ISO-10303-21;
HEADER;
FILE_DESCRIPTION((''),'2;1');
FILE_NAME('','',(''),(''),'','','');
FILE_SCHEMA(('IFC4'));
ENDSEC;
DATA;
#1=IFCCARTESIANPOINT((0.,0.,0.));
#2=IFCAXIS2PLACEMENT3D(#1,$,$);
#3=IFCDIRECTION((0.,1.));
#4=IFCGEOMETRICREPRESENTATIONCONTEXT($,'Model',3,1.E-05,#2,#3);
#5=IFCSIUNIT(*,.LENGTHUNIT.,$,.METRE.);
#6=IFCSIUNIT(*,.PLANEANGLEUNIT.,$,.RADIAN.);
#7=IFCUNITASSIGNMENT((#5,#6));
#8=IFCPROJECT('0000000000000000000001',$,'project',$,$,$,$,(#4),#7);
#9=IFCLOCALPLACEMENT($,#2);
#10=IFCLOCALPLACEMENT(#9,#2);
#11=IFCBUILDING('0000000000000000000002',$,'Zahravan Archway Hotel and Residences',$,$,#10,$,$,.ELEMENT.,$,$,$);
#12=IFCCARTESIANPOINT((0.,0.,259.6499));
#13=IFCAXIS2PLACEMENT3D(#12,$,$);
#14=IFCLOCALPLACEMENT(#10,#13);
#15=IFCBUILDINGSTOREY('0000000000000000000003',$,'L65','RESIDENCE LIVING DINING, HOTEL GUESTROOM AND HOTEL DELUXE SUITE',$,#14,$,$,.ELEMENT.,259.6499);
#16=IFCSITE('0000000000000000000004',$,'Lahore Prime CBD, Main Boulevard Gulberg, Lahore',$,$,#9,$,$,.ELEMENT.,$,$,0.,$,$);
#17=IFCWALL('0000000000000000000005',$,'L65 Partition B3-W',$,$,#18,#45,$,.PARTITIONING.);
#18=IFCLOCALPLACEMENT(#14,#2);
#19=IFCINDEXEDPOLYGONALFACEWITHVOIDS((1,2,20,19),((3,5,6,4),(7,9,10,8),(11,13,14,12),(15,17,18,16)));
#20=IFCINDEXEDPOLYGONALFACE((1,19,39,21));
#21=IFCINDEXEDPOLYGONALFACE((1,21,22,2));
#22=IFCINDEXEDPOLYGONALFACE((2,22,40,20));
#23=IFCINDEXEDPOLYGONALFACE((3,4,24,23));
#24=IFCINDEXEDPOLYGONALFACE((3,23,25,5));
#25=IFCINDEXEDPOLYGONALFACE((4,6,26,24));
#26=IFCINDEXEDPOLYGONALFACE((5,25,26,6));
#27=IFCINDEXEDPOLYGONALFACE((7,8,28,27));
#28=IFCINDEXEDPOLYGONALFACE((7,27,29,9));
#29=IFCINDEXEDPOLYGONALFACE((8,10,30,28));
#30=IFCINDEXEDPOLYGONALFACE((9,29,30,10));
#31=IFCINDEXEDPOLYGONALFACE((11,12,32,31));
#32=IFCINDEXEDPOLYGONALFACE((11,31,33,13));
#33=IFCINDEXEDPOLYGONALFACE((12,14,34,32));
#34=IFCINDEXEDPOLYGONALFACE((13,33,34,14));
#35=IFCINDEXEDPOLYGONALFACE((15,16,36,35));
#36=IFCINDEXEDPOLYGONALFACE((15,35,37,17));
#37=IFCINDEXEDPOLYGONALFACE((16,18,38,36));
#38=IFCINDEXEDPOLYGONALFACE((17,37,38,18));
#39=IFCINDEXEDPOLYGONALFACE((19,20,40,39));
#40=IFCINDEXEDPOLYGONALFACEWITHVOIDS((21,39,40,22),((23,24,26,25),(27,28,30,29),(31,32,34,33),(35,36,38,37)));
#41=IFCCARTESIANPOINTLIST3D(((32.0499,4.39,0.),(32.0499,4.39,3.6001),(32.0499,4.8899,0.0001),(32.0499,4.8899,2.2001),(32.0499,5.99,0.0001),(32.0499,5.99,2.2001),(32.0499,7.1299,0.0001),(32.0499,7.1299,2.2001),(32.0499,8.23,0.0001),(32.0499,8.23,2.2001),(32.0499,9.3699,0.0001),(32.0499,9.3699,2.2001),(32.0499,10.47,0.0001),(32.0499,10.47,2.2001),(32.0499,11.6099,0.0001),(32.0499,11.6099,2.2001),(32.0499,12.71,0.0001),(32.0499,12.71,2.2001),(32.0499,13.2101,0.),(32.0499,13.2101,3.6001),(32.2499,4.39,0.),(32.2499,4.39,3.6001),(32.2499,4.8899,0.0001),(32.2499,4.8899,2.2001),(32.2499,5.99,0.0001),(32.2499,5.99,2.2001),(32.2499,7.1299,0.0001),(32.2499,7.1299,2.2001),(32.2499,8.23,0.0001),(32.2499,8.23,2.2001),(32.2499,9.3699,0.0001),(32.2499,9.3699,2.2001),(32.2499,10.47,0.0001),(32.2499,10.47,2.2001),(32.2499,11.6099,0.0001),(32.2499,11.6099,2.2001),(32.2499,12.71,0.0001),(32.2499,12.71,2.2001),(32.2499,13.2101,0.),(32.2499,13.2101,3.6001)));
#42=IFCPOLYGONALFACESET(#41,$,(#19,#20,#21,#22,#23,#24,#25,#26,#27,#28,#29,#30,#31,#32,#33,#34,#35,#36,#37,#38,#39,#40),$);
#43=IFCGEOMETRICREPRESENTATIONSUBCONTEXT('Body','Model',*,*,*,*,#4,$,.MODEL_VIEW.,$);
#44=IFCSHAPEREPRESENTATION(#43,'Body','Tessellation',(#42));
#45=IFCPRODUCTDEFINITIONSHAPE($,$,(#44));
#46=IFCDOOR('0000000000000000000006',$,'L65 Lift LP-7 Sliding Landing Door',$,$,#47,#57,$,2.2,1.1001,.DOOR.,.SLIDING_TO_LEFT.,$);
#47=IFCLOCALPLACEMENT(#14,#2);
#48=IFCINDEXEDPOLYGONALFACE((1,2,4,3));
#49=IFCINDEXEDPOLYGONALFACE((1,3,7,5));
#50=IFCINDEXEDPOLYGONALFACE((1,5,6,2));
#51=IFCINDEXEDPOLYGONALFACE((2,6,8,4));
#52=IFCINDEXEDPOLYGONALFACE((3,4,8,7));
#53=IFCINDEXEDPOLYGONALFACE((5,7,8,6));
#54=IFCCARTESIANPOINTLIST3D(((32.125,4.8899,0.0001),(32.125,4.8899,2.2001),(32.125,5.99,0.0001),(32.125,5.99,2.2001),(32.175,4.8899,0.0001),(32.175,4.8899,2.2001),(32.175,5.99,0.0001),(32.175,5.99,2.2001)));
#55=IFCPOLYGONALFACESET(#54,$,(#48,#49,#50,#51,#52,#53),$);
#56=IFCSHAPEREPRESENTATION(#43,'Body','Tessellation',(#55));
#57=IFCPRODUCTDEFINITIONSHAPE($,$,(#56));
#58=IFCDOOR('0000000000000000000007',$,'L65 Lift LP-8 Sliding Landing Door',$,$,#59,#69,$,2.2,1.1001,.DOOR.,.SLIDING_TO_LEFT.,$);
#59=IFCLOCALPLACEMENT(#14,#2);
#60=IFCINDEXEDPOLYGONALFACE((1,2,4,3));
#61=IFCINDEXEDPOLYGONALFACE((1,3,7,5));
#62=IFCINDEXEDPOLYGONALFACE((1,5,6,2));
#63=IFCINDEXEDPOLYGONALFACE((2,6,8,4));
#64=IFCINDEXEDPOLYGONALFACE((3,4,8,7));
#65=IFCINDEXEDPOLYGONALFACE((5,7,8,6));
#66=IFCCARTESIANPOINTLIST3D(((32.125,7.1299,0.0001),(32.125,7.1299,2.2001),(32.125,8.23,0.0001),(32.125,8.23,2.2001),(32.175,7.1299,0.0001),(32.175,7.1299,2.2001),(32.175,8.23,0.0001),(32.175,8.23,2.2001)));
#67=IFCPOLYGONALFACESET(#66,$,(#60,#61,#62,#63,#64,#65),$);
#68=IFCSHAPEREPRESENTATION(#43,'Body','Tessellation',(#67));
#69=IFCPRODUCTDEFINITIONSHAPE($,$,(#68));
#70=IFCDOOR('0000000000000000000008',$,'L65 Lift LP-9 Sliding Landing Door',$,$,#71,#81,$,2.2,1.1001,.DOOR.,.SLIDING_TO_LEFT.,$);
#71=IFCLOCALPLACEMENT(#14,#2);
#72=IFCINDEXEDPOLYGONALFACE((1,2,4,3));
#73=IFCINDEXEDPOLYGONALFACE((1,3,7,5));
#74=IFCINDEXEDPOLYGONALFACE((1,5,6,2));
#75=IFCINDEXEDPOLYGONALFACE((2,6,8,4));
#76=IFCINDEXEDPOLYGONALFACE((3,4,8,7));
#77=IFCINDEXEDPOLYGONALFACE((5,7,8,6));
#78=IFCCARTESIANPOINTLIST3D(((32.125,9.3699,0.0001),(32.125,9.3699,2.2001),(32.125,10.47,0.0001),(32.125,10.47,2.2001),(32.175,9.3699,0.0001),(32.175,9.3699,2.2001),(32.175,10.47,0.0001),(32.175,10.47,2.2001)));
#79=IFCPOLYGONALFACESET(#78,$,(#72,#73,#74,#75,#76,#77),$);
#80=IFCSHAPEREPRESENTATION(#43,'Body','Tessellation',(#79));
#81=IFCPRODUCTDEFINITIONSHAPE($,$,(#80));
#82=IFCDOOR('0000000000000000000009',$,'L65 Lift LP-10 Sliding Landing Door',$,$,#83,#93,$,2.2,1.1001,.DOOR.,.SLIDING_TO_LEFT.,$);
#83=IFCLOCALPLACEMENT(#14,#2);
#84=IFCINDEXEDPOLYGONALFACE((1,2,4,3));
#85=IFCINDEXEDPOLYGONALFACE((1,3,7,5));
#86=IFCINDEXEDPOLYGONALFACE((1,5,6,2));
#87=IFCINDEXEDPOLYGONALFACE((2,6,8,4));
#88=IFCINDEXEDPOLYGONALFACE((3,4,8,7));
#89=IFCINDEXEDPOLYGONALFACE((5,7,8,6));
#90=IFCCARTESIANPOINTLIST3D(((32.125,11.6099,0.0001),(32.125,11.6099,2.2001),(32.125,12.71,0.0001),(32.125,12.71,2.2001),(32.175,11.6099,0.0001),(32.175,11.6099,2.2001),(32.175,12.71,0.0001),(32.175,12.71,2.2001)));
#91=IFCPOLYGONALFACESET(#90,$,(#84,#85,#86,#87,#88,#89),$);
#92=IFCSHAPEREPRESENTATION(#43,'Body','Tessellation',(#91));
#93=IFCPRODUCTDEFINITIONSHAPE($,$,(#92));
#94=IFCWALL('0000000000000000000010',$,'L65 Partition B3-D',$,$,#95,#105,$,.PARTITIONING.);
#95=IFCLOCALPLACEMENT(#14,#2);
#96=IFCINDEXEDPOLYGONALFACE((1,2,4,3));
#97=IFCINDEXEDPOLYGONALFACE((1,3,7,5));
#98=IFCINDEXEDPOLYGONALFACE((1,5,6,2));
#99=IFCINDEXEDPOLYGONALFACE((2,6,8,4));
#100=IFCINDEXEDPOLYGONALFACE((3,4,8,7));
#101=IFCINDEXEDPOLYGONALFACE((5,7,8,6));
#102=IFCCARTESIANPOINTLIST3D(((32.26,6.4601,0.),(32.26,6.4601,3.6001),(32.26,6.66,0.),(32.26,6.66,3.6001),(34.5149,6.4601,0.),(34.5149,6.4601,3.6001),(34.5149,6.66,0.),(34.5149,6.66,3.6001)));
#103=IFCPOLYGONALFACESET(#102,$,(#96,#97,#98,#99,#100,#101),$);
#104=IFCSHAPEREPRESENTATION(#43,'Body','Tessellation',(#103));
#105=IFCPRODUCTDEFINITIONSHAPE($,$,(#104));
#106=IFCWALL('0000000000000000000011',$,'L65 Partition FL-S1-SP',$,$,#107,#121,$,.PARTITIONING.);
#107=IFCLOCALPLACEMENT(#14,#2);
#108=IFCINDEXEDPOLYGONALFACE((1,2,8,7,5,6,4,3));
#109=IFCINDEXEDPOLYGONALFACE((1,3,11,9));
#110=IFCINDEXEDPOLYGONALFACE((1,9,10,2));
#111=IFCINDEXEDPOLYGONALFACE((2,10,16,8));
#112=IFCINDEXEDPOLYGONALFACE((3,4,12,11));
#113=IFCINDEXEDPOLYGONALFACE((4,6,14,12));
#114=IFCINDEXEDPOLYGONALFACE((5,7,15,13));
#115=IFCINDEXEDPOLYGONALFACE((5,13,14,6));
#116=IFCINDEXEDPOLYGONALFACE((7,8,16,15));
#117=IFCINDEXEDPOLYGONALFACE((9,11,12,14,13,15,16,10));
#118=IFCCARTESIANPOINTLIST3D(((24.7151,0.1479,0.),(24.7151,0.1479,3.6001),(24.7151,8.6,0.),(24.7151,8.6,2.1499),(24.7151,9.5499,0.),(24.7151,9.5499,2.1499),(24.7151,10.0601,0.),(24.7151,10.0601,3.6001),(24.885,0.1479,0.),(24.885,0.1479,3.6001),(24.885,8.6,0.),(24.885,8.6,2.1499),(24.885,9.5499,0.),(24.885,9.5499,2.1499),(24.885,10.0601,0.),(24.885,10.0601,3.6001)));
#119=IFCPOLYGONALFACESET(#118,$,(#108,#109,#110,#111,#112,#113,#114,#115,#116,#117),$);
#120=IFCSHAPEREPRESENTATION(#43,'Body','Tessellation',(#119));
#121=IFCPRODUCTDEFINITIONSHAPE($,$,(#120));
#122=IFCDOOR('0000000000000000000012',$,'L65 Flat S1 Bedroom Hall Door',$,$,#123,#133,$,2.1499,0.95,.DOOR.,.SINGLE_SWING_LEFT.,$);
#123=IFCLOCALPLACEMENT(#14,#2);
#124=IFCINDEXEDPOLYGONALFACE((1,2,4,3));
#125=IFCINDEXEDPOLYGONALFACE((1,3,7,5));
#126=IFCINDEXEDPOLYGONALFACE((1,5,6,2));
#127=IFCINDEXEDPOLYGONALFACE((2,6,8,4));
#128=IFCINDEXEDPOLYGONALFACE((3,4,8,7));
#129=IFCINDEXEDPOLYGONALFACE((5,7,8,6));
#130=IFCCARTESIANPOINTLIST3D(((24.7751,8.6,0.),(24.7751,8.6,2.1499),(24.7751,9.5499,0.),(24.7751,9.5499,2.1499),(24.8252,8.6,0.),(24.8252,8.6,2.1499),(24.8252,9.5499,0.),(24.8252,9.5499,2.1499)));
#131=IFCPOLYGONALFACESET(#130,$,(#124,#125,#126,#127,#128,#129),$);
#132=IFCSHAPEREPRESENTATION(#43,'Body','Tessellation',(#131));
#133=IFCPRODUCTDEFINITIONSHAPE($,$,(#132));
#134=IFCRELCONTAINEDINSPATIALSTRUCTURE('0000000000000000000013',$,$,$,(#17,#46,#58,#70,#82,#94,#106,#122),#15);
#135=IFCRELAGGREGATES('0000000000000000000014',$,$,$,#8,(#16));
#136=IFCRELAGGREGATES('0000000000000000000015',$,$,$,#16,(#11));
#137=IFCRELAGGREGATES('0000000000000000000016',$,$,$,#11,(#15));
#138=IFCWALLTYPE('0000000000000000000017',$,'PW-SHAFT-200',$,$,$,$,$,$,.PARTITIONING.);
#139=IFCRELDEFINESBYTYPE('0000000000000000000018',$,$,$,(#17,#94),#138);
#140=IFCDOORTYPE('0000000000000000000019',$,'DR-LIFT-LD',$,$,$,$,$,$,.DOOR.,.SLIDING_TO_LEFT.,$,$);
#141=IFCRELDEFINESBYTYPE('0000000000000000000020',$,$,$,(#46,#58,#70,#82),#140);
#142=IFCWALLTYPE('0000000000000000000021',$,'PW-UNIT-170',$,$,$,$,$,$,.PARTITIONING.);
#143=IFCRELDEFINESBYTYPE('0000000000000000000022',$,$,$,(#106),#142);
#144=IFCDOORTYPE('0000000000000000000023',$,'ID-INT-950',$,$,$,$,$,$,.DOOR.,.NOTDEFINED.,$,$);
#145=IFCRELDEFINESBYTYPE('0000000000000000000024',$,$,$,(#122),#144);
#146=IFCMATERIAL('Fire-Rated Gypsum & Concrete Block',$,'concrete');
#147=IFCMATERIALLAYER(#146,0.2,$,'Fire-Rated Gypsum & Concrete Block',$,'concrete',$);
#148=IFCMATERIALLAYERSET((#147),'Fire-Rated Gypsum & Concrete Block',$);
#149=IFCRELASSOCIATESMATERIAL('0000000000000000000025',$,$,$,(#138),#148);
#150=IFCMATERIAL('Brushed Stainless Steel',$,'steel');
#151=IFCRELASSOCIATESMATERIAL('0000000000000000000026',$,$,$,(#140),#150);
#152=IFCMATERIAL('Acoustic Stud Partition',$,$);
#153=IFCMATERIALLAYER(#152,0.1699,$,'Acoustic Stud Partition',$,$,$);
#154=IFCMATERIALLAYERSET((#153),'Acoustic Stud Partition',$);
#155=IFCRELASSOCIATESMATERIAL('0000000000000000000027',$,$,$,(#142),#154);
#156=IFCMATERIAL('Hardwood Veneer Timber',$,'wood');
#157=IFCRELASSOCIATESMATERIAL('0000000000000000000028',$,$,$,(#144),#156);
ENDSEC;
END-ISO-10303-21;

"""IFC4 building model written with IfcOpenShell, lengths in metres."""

from ifc_helpers import new_model, si_unit, direction, frame, frame_2d, origin, place, context, subcontext, project, spatial, rectangle, extrude, source, transform, mapped, material, layer, layer_set, type_object, type_shapes, element, fill, save


model = new_model("IFC4")

# Units and contexts
model_context = context("Model", 3, precision=1e-05, world=origin(), true_north=direction((0.0, 1.0)))
body_context = subcontext(model_context, "Body", "Model", "MODEL_VIEW")
ifc_project = project(units=[si_unit("LENGTHUNIT", "METRE"), si_unit("PLANEANGLEUNIT", "RADIAN")], contexts=[model_context])

# Site, building, storey
site_placement = place(None, origin())
site = spatial("IfcSite", under=ifc_project, at=site_placement, Name="Lahore Prime CBD, Main Boulevard Gulberg, Lahore", CompositionType="ELEMENT", RefElevation=0.0)
building_placement = place(site_placement, origin())
building = spatial("IfcBuilding", under=site, at=building_placement, Name="Zahravan Archway Hotel and Residences", CompositionType="ELEMENT")
storey_placement = place(building_placement, frame((0.0, 0.0, 259.6499)))
storey = spatial("IfcBuildingStorey", under=building, at=storey_placement, Name="L65", Description="RESIDENCE LIVING DINING, HOTEL GUESTROOM AND HOTEL DELUXE SUITE", CompositionType="ELEMENT", Elevation=259.6499)

# Shared definitions
ifc_material_1 = material(Name="Fire-Rated Gypsum & Concrete Block", Category="concrete")

# Shared definitions
ifc_material_2 = material(Name="Hardwood Veneer Timber", Category="wood")

# Shared definitions
ifc_layer_1 = layer(ifc_material_1, 0.2, Name="Fire-Rated Gypsum & Concrete Block", Category="concrete")
ifc_layer_set_1 = layer_set([ifc_layer_1], Name="Fire-Rated Gypsum & Concrete Block")
wall_type_1 = type_object("IfcWallType", Name="PW-SHAFT-200", PredefinedType="PARTITIONING", material=ifc_layer_set_1)

# Wall, openings, doors
wall_1_placement = place(storey_placement, frame((32.1499, 4.3899, 0.0), z_axis=(0.0, 0.0, 1.0), x_axis=(0.0, 1.0, 0.0)))
wall_1 = element("IfcWall", 1, at=wall_1_placement, inside=storey, type_object=wall_type_1, Name="L65 Partition B3-W", PredefinedType="PARTITIONING", context=body_context, shape_type="SweptSolid", body=[
    extrude(rectangle(XDim=8.8201, YDim=0.2, at=frame_2d((4.4102, 0.0))), origin(), (0.0, 0.0, 1.0), 3.6001),
])
opening_1_placement = place(wall_1_placement, frame((0.5, 0.0, 0.0)))
opening_1 = element("IfcOpeningElement", 2, at=opening_1_placement, cuts=wall_1, PredefinedType="OPENING", context=body_context, shape_type="SweptSolid", body=[
    extrude(rectangle(XDim=1.1001, YDim=2.2, at=frame_2d((0.55, 1.1001))), frame((0.0, 0.1099, 0.0), z_axis=(0.0, -1.0, 0.0), x_axis=(1.0, 0.0, 0.0)), (0.0, 0.0, 1.0), 0.22),
])
opening_2_placement = place(wall_1_placement, frame((2.74, 0.0, 0.0)))
opening_2 = element("IfcOpeningElement", 3, at=opening_2_placement, cuts=wall_1, PredefinedType="OPENING", context=body_context, shape_type="SweptSolid", body=[
    extrude(rectangle(XDim=1.1001, YDim=2.2, at=frame_2d((0.55, 1.1001))), frame((0.0, 0.1099, 0.0), z_axis=(0.0, -1.0, 0.0), x_axis=(1.0, 0.0, 0.0)), (0.0, 0.0, 1.0), 0.22),
])
opening_3_placement = place(wall_1_placement, frame((4.98, 0.0, 0.0)))
opening_3 = element("IfcOpeningElement", 4, at=opening_3_placement, cuts=wall_1, PredefinedType="OPENING", context=body_context, shape_type="SweptSolid", body=[
    extrude(rectangle(XDim=1.1001, YDim=2.2, at=frame_2d((0.55, 1.1001))), frame((0.0, 0.1099, 0.0), z_axis=(0.0, -1.0, 0.0), x_axis=(1.0, 0.0, 0.0)), (0.0, 0.0, 1.0), 0.22),
])
opening_4_placement = place(wall_1_placement, frame((7.22, 0.0, 0.0)))
opening_4 = element("IfcOpeningElement", 5, at=opening_4_placement, cuts=wall_1, PredefinedType="OPENING", context=body_context, shape_type="SweptSolid", body=[
    extrude(rectangle(XDim=1.1001, YDim=2.2, at=frame_2d((0.55, 1.1001))), frame((0.0, 0.1099, 0.0), z_axis=(0.0, -1.0, 0.0), x_axis=(1.0, 0.0, 0.0)), (0.0, 0.0, 1.0), 0.22),
])
ifc_material_3 = material(Name="Brushed Stainless Steel", Category="steel")
door_type_1 = type_object("IfcDoorType", Name="DR-LIFT-LD", OperationType="SLIDING_TO_LEFT", PredefinedType="DOOR", material=ifc_material_3)
shared_shape_1 = source(origin(), body_context, "Body", "SweptSolid", [
    extrude(rectangle(XDim=1.1001, YDim=2.2, at=frame_2d((0.55, 1.1001))), frame((0.0, 0.0249, 0.0), z_axis=(0.0, -1.0, 0.0), x_axis=(1.0, 0.0, 0.0)), (0.0, 0.0, 1.0), 0.05),
])
type_shapes(door_type_1, [shared_shape_1])
door_1_placement = place(opening_1_placement, origin())
door_1 = element("IfcDoor", 6, at=door_1_placement, inside=storey, type_object=door_type_1, Name="L65 Lift LP-7 Sliding Landing Door", OperationType="SLIDING_TO_LEFT", OverallHeight=2.2, OverallWidth=1.1001, PredefinedType="DOOR", context=body_context, shape_type="MappedRepresentation", body=[
    mapped(shared_shape_1, transform((0.0, 0.0, 0.0), scale=1.0)),
])
fill(opening_1, door_1)
door_2_placement = place(opening_2_placement, origin())
door_2 = element("IfcDoor", 7, at=door_2_placement, inside=storey, type_object=door_type_1, Name="L65 Lift LP-8 Sliding Landing Door", OperationType="SLIDING_TO_LEFT", OverallHeight=2.2, OverallWidth=1.1001, PredefinedType="DOOR", context=body_context, shape_type="MappedRepresentation", body=[
    mapped(shared_shape_1, transform((0.0, 0.0, 0.0), scale=1.0)),
])
fill(opening_2, door_2)
door_3_placement = place(opening_3_placement, origin())
door_3 = element("IfcDoor", 8, at=door_3_placement, inside=storey, type_object=door_type_1, Name="L65 Lift LP-9 Sliding Landing Door", OperationType="SLIDING_TO_LEFT", OverallHeight=2.2, OverallWidth=1.1001, PredefinedType="DOOR", context=body_context, shape_type="MappedRepresentation", body=[
    mapped(shared_shape_1, transform((0.0, 0.0, 0.0), scale=1.0)),
])
fill(opening_3, door_3)
door_4_placement = place(opening_4_placement, origin())
door_4 = element("IfcDoor", 9, at=door_4_placement, inside=storey, type_object=door_type_1, Name="L65 Lift LP-10 Sliding Landing Door", OperationType="SLIDING_TO_LEFT", OverallHeight=2.2, OverallWidth=1.1001, PredefinedType="DOOR", context=body_context, shape_type="MappedRepresentation", body=[
    mapped(shared_shape_1, transform((0.0, 0.0, 0.0), scale=1.0)),
])
fill(opening_4, door_4)

# Wall
wall_2_placement = place(storey_placement, frame((32.26, 6.5601, 0.0), z_axis=(0.0, 0.0, 1.0), x_axis=(1.0, 0.0, 0.0)))
element("IfcWall", 10, at=wall_2_placement, inside=storey, type_object=wall_type_1, Name="L65 Partition B3-D", PredefinedType="PARTITIONING", context=body_context, shape_type="SweptSolid", body=[
    extrude(rectangle(XDim=2.2549, YDim=0.2, at=frame_2d((1.1274, 0.0))), origin(), (0.0, 0.0, 1.0), 3.6001),
])

# Wall, opening, door
ifc_material_4 = material(Name="Acoustic Stud Partition")
ifc_layer_2 = layer(ifc_material_4, 0.1699, Name="Acoustic Stud Partition")
ifc_layer_set_2 = layer_set([ifc_layer_2], Name="Acoustic Stud Partition")
wall_type_2 = type_object("IfcWallType", Name="PW-UNIT-170", PredefinedType="PARTITIONING", material=ifc_layer_set_2)
wall_3_placement = place(storey_placement, frame((24.8, 0.1479, 0.0), z_axis=(0.0, 0.0, 1.0), x_axis=(0.0, 1.0, 0.0)))
wall_3 = element("IfcWall", 11, at=wall_3_placement, inside=storey, type_object=wall_type_2, Name="L65 Partition FL-S1-SP", PredefinedType="PARTITIONING", context=body_context, shape_type="SweptSolid", body=[
    extrude(rectangle(XDim=9.9121, YDim=0.1699, at=frame_2d((4.9561, 0.0))), origin(), (0.0, 0.0, 1.0), 3.6001),
])
opening_5_placement = place(wall_3_placement, frame((8.4519, 0.0, 0.0)))
opening_5 = element("IfcOpeningElement", 12, at=opening_5_placement, cuts=wall_3, PredefinedType="OPENING", context=body_context, shape_type="SweptSolid", body=[
    extrude(rectangle(XDim=0.95, YDim=2.1499, at=frame_2d((0.4751, 1.075))), frame((0.0, 0.095, 0.0), z_axis=(0.0, -1.0, 0.0), x_axis=(1.0, 0.0, 0.0)), (0.0, 0.0, 1.0), 0.1899),
])
door_type_2 = type_object("IfcDoorType", Name="ID-INT-950", OperationType="NOTDEFINED", PredefinedType="DOOR", material=ifc_material_2)
shared_shape_2 = source(origin(), body_context, "Body", "SweptSolid", [
    extrude(rectangle(XDim=0.95, YDim=2.1499, at=frame_2d((0.4751, 1.075))), frame((0.0, 0.0249, 0.0), z_axis=(0.0, -1.0, 0.0), x_axis=(1.0, 0.0, 0.0)), (0.0, 0.0, 1.0), 0.05),
])
type_shapes(door_type_2, [shared_shape_2])
door_5_placement = place(opening_5_placement, origin())
door_5 = element("IfcDoor", 13, at=door_5_placement, inside=storey, type_object=door_type_2, Name="L65 Flat S1 Bedroom Hall Door", OperationType="SINGLE_SWING_LEFT", OverallHeight=2.1499, OverallWidth=0.95, PredefinedType="DOOR", context=body_context, shape_type="MappedRepresentation", body=[
    mapped(shared_shape_2, transform((0.0, 0.0, 0.0), scale=1.0)),
])
fill(opening_5, door_5)

save(model, "model.ifc")
